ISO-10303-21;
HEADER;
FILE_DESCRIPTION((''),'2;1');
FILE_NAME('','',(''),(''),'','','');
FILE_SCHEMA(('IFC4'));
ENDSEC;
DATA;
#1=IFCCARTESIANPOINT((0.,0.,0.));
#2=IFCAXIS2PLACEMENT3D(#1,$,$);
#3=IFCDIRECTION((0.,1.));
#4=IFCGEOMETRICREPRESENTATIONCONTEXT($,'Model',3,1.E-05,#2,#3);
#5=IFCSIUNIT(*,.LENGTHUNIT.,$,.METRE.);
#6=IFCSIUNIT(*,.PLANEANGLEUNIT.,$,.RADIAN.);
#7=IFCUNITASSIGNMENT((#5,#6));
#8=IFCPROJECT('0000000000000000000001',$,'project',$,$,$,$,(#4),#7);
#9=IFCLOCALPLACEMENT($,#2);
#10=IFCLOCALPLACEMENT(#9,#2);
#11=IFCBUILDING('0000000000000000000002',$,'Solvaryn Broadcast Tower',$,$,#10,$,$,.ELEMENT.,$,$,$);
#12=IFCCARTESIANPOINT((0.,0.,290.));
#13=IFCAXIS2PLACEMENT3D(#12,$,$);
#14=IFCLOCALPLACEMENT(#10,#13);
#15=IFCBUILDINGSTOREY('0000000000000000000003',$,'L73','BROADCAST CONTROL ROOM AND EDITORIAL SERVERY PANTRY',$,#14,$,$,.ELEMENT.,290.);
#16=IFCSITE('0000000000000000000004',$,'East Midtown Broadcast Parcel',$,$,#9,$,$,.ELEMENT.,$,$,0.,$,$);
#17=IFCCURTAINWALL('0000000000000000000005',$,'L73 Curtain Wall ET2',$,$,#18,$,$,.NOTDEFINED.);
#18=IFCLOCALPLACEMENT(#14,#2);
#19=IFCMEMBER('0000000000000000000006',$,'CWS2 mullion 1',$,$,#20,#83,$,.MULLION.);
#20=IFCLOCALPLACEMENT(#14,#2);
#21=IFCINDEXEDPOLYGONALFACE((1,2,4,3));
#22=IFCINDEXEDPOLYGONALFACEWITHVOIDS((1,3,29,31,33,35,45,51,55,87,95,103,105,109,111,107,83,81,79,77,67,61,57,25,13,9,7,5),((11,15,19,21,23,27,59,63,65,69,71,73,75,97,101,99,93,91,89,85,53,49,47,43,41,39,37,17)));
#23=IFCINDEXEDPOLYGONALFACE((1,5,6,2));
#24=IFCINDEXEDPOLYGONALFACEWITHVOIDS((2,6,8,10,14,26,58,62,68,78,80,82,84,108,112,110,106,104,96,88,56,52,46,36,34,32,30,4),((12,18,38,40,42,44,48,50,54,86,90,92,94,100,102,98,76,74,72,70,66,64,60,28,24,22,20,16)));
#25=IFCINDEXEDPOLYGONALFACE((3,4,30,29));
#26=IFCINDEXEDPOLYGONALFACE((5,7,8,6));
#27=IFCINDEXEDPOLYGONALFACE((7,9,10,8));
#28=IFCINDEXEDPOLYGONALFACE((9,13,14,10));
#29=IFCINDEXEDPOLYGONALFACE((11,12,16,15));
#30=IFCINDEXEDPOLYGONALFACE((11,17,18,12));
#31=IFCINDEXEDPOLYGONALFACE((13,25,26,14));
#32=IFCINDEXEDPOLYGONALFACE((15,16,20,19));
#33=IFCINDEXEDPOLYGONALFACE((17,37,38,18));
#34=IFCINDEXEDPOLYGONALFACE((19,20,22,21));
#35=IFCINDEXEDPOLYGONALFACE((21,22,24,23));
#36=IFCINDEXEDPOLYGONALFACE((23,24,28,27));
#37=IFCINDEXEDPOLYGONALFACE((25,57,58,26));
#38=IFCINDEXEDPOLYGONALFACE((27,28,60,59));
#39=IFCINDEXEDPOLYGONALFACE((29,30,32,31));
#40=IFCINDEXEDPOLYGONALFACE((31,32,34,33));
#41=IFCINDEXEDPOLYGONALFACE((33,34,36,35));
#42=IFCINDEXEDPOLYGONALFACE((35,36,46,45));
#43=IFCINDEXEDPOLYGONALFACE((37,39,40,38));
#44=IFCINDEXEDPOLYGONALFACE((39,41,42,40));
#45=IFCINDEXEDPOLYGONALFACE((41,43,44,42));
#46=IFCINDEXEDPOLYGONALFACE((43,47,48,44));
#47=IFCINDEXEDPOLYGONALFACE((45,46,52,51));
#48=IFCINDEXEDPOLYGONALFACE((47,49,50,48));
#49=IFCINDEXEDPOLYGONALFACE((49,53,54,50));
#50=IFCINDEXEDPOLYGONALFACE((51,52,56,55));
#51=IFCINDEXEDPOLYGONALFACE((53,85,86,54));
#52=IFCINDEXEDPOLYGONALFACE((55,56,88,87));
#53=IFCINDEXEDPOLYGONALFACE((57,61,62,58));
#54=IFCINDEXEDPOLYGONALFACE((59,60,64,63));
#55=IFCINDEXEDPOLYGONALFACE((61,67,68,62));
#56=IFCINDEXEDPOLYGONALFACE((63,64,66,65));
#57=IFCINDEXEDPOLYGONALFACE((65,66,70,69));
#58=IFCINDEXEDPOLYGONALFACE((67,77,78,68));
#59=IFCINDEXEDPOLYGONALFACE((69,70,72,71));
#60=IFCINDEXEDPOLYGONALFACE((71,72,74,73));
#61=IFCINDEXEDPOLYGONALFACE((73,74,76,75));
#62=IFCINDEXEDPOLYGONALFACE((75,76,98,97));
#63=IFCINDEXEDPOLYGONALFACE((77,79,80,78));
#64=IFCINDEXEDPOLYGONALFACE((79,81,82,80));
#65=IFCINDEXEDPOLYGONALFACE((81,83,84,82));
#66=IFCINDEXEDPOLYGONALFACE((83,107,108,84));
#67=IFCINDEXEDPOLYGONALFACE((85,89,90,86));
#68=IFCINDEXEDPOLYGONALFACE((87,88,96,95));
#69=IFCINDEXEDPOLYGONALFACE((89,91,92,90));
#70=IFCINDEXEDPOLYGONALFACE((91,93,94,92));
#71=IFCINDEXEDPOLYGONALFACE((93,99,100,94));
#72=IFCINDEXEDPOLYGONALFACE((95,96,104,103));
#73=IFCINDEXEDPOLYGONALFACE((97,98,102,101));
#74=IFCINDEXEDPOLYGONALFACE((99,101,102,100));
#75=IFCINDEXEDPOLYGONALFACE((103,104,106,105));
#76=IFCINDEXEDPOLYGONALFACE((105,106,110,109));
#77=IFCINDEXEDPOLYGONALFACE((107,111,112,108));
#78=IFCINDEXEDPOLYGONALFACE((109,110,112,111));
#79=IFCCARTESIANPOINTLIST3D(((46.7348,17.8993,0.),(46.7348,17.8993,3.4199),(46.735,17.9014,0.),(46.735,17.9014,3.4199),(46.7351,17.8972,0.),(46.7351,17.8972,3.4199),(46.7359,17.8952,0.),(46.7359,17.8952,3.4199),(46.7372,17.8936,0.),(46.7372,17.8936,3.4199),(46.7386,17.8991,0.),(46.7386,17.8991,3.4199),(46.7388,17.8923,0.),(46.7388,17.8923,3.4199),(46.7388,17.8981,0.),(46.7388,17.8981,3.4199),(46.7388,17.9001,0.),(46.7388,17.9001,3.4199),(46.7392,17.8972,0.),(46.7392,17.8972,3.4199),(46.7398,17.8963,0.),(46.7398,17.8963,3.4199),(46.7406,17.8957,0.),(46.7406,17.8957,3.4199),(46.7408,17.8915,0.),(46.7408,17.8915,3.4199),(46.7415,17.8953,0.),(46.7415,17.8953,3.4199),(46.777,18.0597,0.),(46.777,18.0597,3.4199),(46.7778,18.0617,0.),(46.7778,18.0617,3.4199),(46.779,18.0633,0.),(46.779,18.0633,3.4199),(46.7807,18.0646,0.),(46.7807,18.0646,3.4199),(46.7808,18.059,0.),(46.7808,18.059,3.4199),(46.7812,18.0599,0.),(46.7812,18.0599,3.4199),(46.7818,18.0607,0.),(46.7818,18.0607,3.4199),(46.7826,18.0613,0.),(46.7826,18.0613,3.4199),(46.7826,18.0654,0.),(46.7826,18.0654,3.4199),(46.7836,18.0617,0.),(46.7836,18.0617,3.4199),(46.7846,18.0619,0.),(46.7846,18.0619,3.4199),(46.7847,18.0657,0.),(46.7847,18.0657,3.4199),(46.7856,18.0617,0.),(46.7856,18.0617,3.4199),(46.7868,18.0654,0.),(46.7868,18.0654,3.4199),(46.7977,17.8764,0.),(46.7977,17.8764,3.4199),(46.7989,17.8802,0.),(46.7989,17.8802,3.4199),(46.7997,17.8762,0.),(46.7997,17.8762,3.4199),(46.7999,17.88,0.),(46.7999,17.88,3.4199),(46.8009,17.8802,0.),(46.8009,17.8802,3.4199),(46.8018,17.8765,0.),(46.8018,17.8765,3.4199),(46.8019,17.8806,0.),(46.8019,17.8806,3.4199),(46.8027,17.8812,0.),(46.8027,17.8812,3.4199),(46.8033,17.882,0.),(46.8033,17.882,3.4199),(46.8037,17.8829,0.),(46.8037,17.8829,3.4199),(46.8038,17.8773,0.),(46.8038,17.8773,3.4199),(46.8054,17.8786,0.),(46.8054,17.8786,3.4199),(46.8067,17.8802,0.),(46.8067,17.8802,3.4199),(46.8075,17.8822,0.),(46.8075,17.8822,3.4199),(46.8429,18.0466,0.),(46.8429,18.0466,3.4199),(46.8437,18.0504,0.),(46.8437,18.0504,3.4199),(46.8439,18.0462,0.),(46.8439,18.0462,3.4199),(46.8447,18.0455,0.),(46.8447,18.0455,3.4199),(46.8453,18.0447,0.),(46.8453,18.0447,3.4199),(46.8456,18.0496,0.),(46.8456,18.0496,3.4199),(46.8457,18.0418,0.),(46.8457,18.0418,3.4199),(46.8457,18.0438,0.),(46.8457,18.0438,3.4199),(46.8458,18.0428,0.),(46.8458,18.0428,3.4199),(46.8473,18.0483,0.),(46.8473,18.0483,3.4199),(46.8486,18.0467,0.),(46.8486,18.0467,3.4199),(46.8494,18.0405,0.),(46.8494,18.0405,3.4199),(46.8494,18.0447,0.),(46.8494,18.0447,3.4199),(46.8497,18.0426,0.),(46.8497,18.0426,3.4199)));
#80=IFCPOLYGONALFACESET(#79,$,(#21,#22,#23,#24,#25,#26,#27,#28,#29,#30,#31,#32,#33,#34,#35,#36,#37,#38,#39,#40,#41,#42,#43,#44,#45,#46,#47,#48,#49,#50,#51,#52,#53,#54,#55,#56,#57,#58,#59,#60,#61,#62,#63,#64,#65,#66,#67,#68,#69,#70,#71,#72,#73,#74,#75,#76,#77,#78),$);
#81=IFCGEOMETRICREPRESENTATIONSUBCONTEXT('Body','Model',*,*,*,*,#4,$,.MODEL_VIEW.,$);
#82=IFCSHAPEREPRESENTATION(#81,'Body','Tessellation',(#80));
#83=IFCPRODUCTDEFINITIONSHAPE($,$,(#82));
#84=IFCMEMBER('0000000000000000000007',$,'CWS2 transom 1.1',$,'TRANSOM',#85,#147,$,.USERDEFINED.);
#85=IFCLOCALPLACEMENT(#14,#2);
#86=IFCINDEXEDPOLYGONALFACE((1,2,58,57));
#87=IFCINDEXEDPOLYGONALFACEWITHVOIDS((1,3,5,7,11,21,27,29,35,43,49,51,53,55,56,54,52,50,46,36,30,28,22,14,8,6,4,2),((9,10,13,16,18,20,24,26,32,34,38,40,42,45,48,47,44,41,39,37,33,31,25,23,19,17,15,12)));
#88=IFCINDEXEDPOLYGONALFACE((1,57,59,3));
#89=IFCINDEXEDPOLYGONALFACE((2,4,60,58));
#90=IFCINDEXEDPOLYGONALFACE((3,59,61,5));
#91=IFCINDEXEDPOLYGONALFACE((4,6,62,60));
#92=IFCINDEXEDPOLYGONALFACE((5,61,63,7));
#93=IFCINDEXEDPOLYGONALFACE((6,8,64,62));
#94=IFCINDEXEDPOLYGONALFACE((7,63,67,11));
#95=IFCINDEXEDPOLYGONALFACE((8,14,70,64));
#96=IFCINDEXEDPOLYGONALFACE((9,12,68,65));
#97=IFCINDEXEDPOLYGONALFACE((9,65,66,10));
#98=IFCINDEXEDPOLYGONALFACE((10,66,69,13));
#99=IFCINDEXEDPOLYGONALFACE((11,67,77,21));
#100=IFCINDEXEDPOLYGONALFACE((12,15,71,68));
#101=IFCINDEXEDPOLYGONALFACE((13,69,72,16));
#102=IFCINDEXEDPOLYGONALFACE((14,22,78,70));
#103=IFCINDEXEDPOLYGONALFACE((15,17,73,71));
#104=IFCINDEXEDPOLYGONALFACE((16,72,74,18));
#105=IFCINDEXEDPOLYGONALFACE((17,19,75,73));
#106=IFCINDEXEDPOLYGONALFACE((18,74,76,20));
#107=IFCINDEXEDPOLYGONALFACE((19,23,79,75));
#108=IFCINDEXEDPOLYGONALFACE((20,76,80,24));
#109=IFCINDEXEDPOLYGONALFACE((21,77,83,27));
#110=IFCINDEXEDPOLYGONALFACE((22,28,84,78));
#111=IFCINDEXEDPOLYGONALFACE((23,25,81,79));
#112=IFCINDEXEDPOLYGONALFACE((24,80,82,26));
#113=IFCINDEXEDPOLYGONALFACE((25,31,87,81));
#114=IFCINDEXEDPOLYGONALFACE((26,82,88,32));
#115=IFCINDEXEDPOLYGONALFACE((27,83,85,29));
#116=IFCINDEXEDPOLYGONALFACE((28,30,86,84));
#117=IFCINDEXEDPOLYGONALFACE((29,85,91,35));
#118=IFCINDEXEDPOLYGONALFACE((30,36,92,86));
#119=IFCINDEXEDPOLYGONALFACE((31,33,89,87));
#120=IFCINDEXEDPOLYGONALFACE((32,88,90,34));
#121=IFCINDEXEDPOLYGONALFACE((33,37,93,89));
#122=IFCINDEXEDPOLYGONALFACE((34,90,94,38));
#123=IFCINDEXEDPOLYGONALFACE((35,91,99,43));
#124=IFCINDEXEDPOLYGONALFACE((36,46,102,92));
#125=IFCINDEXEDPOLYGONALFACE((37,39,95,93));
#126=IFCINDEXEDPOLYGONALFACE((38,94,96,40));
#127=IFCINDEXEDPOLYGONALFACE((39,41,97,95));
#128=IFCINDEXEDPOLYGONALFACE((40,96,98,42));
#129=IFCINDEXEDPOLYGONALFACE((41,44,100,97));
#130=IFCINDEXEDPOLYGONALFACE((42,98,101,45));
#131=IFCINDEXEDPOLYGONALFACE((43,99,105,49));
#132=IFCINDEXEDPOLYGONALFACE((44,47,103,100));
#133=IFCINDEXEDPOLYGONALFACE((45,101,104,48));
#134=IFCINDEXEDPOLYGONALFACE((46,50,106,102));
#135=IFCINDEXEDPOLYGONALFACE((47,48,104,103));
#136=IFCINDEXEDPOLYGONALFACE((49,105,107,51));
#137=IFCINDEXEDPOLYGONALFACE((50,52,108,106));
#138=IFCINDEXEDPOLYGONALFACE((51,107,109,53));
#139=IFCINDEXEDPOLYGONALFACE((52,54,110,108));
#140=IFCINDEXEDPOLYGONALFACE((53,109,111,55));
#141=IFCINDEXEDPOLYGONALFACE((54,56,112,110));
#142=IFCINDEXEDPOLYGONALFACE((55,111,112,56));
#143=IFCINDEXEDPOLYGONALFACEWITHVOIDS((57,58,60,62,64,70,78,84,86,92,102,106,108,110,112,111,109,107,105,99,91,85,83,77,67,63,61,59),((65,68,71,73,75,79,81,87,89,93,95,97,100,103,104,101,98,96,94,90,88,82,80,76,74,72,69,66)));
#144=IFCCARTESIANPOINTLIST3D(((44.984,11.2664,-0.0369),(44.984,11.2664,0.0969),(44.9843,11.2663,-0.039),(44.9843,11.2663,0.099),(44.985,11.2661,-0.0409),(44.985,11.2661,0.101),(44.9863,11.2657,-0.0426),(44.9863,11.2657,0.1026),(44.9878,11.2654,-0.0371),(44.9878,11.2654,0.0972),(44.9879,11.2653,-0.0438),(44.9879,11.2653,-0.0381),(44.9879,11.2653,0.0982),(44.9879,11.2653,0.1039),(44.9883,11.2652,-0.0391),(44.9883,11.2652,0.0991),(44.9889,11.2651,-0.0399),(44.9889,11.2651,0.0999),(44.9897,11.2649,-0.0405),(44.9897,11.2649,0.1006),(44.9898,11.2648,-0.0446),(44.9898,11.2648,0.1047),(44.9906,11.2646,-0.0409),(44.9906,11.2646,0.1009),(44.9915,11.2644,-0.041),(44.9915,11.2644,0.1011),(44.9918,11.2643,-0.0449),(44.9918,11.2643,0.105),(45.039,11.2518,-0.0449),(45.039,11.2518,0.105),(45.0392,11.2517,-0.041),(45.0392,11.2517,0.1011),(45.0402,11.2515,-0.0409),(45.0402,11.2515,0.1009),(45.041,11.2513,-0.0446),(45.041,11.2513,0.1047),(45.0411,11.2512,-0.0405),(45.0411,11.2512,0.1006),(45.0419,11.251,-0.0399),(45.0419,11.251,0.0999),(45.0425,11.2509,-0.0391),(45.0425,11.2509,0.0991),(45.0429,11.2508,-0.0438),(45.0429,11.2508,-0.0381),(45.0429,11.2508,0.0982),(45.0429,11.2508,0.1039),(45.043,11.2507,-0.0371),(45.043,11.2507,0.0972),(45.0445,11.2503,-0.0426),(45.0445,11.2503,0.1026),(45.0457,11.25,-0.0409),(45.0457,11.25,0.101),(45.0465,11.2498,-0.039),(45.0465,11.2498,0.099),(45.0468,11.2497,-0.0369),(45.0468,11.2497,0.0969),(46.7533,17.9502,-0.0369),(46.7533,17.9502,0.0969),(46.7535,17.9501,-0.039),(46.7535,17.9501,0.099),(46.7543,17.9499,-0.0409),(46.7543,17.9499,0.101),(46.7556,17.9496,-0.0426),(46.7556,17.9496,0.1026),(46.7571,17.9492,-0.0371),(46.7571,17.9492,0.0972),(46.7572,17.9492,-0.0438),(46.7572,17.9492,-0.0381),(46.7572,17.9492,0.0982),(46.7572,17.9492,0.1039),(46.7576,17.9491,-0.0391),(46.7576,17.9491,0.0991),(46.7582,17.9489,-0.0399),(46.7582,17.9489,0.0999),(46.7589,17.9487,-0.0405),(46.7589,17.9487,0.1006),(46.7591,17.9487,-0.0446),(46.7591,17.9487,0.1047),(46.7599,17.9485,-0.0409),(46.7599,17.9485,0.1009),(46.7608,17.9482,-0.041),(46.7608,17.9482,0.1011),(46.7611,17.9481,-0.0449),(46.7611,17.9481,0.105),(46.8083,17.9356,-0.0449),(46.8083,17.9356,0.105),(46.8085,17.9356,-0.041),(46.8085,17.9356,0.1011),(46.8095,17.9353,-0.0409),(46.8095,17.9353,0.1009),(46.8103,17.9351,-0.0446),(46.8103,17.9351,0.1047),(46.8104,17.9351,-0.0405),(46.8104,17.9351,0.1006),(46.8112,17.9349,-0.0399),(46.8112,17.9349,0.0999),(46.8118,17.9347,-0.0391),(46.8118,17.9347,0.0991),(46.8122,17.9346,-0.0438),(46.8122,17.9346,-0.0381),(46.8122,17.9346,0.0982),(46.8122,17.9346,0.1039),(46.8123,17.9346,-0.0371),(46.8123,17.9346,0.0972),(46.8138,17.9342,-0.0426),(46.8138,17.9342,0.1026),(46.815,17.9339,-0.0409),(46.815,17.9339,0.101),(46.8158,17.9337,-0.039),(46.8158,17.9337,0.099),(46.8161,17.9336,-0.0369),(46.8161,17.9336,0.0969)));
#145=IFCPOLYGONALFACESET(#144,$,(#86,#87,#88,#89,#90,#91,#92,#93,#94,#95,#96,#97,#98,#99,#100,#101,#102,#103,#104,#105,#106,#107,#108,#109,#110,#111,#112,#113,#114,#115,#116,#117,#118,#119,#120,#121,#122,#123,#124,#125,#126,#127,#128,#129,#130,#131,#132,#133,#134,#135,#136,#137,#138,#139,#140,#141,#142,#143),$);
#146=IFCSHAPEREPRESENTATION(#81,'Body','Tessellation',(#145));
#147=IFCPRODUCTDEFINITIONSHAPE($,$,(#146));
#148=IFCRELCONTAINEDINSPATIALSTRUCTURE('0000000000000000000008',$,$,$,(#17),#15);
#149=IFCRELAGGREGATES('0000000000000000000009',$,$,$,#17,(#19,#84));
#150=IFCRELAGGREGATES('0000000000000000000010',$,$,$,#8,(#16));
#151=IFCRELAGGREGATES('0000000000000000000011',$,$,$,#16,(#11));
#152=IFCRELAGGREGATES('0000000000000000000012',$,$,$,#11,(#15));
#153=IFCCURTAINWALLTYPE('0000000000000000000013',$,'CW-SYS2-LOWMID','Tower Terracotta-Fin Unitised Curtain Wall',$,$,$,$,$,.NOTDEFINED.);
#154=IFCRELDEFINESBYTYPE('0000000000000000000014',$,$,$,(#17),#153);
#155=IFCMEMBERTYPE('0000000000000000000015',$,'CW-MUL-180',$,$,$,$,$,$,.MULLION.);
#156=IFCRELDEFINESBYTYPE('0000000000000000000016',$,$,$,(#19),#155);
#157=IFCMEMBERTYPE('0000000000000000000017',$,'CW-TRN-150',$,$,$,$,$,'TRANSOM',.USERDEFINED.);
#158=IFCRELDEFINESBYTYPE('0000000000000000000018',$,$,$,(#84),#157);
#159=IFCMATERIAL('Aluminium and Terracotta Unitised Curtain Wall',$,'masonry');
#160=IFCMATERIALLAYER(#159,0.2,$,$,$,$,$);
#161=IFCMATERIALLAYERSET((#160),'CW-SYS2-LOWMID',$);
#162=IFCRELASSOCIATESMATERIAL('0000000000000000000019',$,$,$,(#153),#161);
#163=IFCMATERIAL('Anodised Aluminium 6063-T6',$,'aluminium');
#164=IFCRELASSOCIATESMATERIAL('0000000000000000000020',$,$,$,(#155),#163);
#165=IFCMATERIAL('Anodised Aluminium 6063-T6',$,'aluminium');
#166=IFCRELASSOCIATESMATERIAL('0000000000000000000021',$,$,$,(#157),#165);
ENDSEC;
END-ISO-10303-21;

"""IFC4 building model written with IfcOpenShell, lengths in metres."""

from ifc_helpers import new_model, si_unit, direction, frame, origin, origin_2d, place, context, subcontext, project, spatial, hollow_rectangle, extrude, material, layer, layer_set, material_profile, profile_set, type_object, element, aggregate, save


model = new_model("IFC4")

# Units and contexts
model_context = context("Model", 3, precision=1e-05, world=origin(), true_north=direction((0.0, 1.0)))
body_context = subcontext(model_context, "Body", "Model", "MODEL_VIEW")
ifc_project = project(units=[si_unit("LENGTHUNIT", "METRE"), si_unit("PLANEANGLEUNIT", "RADIAN")], contexts=[model_context])

# Site, building, storey
site_placement = place(None, origin())
site = spatial("IfcSite", under=ifc_project, at=site_placement, Name="East Midtown Broadcast Parcel", CompositionType="ELEMENT", RefElevation=0.0)
building_placement = place(site_placement, origin())
building = spatial("IfcBuilding", under=site, at=building_placement, Name="Solvaryn Broadcast Tower", CompositionType="ELEMENT")
storey_placement = place(building_placement, frame((0.0, 0.0, 290.0)))
storey = spatial("IfcBuildingStorey", under=building, at=storey_placement, Name="L73", Description="BROADCAST CONTROL ROOM AND EDITORIAL SERVERY PANTRY", CompositionType="ELEMENT", Elevation=290.0)

# Shared definitions
ifc_material_1 = material(Name="Aluminium and Terracotta Unitised Curtain Wall", Category="masonry")
ifc_layer_1 = layer(ifc_material_1, 0.2)
ifc_layer_set_1 = layer_set([ifc_layer_1], Name="CW-SYS2-LOWMID")
curtain_wall_type = type_object("IfcCurtainWallType", Name="CW-SYS2-LOWMID", Description="Tower Terracotta-Fin Unitised Curtain Wall", PredefinedType="NOTDEFINED", material=ifc_layer_set_1)
ifc_material_2 = material(Name="Anodised Aluminium 6063-T6", Category="aluminium")
ifc_material_profile_1 = material_profile(ifc_material_2, hollow_rectangle(XDim=0.075, YDim=0.1799, WallThickness=0.0039, InnerFilletRadius=0.0039, OuterFilletRadius=0.0081, at=origin_2d()))
ifc_profile_set_1 = profile_set([ifc_material_profile_1], Name="Anodised Aluminium 6063-T6")
member_type_1 = type_object("IfcMemberType", Name="CW-MUL-180", PredefinedType="MULLION", material=ifc_profile_set_1)

# Curtain wall, members
curtain_wall_1_placement = place(storey_placement, origin())
curtain_wall_1 = element("IfcCurtainWall", 1, at=curtain_wall_1_placement, inside=storey, type_object=curtain_wall_type, Name="L73 Curtain Wall ET2", PredefinedType="NOTDEFINED")
member_1_placement = place(storey_placement, frame((46.7922, 17.9709, 0.0), z_axis=(0.0, 0.0, 1.0), x_axis=(0.966705, -0.255893, 0.0)))
member_1 = element("IfcMember", 2, at=member_1_placement, type_object=member_type_1, Name="CWS2 mullion 1", PredefinedType="MULLION", context=body_context, shape_type="SweptSolid", body=[
    extrude(hollow_rectangle(XDim=0.075, YDim=0.1799, WallThickness=0.0039, InnerFilletRadius=0.0039, OuterFilletRadius=0.0081, at=origin_2d()), origin(), (0.0, 0.0, 1.0), 3.4199),
])
ifc_material_3 = material(Name="Anodised Aluminium 6063-T6", Category="aluminium")
ifc_material_profile_2 = material_profile(ifc_material_3, hollow_rectangle(XDim=0.0649, YDim=0.1499, WallThickness=0.0039, InnerFilletRadius=0.0039, OuterFilletRadius=0.0081, at=origin_2d()))
ifc_profile_set_2 = profile_set([ifc_material_profile_2], Name="Anodised Aluminium 6063-T6")
member_type_2 = type_object("IfcMemberType", Name="CW-TRN-150", ElementType="TRANSOM", PredefinedType="USERDEFINED", material=ifc_profile_set_2)
member_2_placement = place(storey_placement, frame((46.7847, 17.9419, 0.03), z_axis=(-0.255897, -0.966704, 0.0), x_axis=(0.966704, -0.255897, 0.0)))
member_2 = element("IfcMember", 3, at=member_2_placement, type_object=member_type_2, Name="CWS2 transom 1.1", ObjectType="TRANSOM", PredefinedType="USERDEFINED", context=body_context, shape_type="SweptSolid", body=[
    extrude(hollow_rectangle(XDim=0.0649, YDim=0.1499, WallThickness=0.0039, InnerFilletRadius=0.0039, OuterFilletRadius=0.0081, at=origin_2d()), origin(), (0.0, 0.0, 1.0), 6.9141),
])
aggregate(curtain_wall_1, [member_1, member_2])

save(model, "model.ifc")
